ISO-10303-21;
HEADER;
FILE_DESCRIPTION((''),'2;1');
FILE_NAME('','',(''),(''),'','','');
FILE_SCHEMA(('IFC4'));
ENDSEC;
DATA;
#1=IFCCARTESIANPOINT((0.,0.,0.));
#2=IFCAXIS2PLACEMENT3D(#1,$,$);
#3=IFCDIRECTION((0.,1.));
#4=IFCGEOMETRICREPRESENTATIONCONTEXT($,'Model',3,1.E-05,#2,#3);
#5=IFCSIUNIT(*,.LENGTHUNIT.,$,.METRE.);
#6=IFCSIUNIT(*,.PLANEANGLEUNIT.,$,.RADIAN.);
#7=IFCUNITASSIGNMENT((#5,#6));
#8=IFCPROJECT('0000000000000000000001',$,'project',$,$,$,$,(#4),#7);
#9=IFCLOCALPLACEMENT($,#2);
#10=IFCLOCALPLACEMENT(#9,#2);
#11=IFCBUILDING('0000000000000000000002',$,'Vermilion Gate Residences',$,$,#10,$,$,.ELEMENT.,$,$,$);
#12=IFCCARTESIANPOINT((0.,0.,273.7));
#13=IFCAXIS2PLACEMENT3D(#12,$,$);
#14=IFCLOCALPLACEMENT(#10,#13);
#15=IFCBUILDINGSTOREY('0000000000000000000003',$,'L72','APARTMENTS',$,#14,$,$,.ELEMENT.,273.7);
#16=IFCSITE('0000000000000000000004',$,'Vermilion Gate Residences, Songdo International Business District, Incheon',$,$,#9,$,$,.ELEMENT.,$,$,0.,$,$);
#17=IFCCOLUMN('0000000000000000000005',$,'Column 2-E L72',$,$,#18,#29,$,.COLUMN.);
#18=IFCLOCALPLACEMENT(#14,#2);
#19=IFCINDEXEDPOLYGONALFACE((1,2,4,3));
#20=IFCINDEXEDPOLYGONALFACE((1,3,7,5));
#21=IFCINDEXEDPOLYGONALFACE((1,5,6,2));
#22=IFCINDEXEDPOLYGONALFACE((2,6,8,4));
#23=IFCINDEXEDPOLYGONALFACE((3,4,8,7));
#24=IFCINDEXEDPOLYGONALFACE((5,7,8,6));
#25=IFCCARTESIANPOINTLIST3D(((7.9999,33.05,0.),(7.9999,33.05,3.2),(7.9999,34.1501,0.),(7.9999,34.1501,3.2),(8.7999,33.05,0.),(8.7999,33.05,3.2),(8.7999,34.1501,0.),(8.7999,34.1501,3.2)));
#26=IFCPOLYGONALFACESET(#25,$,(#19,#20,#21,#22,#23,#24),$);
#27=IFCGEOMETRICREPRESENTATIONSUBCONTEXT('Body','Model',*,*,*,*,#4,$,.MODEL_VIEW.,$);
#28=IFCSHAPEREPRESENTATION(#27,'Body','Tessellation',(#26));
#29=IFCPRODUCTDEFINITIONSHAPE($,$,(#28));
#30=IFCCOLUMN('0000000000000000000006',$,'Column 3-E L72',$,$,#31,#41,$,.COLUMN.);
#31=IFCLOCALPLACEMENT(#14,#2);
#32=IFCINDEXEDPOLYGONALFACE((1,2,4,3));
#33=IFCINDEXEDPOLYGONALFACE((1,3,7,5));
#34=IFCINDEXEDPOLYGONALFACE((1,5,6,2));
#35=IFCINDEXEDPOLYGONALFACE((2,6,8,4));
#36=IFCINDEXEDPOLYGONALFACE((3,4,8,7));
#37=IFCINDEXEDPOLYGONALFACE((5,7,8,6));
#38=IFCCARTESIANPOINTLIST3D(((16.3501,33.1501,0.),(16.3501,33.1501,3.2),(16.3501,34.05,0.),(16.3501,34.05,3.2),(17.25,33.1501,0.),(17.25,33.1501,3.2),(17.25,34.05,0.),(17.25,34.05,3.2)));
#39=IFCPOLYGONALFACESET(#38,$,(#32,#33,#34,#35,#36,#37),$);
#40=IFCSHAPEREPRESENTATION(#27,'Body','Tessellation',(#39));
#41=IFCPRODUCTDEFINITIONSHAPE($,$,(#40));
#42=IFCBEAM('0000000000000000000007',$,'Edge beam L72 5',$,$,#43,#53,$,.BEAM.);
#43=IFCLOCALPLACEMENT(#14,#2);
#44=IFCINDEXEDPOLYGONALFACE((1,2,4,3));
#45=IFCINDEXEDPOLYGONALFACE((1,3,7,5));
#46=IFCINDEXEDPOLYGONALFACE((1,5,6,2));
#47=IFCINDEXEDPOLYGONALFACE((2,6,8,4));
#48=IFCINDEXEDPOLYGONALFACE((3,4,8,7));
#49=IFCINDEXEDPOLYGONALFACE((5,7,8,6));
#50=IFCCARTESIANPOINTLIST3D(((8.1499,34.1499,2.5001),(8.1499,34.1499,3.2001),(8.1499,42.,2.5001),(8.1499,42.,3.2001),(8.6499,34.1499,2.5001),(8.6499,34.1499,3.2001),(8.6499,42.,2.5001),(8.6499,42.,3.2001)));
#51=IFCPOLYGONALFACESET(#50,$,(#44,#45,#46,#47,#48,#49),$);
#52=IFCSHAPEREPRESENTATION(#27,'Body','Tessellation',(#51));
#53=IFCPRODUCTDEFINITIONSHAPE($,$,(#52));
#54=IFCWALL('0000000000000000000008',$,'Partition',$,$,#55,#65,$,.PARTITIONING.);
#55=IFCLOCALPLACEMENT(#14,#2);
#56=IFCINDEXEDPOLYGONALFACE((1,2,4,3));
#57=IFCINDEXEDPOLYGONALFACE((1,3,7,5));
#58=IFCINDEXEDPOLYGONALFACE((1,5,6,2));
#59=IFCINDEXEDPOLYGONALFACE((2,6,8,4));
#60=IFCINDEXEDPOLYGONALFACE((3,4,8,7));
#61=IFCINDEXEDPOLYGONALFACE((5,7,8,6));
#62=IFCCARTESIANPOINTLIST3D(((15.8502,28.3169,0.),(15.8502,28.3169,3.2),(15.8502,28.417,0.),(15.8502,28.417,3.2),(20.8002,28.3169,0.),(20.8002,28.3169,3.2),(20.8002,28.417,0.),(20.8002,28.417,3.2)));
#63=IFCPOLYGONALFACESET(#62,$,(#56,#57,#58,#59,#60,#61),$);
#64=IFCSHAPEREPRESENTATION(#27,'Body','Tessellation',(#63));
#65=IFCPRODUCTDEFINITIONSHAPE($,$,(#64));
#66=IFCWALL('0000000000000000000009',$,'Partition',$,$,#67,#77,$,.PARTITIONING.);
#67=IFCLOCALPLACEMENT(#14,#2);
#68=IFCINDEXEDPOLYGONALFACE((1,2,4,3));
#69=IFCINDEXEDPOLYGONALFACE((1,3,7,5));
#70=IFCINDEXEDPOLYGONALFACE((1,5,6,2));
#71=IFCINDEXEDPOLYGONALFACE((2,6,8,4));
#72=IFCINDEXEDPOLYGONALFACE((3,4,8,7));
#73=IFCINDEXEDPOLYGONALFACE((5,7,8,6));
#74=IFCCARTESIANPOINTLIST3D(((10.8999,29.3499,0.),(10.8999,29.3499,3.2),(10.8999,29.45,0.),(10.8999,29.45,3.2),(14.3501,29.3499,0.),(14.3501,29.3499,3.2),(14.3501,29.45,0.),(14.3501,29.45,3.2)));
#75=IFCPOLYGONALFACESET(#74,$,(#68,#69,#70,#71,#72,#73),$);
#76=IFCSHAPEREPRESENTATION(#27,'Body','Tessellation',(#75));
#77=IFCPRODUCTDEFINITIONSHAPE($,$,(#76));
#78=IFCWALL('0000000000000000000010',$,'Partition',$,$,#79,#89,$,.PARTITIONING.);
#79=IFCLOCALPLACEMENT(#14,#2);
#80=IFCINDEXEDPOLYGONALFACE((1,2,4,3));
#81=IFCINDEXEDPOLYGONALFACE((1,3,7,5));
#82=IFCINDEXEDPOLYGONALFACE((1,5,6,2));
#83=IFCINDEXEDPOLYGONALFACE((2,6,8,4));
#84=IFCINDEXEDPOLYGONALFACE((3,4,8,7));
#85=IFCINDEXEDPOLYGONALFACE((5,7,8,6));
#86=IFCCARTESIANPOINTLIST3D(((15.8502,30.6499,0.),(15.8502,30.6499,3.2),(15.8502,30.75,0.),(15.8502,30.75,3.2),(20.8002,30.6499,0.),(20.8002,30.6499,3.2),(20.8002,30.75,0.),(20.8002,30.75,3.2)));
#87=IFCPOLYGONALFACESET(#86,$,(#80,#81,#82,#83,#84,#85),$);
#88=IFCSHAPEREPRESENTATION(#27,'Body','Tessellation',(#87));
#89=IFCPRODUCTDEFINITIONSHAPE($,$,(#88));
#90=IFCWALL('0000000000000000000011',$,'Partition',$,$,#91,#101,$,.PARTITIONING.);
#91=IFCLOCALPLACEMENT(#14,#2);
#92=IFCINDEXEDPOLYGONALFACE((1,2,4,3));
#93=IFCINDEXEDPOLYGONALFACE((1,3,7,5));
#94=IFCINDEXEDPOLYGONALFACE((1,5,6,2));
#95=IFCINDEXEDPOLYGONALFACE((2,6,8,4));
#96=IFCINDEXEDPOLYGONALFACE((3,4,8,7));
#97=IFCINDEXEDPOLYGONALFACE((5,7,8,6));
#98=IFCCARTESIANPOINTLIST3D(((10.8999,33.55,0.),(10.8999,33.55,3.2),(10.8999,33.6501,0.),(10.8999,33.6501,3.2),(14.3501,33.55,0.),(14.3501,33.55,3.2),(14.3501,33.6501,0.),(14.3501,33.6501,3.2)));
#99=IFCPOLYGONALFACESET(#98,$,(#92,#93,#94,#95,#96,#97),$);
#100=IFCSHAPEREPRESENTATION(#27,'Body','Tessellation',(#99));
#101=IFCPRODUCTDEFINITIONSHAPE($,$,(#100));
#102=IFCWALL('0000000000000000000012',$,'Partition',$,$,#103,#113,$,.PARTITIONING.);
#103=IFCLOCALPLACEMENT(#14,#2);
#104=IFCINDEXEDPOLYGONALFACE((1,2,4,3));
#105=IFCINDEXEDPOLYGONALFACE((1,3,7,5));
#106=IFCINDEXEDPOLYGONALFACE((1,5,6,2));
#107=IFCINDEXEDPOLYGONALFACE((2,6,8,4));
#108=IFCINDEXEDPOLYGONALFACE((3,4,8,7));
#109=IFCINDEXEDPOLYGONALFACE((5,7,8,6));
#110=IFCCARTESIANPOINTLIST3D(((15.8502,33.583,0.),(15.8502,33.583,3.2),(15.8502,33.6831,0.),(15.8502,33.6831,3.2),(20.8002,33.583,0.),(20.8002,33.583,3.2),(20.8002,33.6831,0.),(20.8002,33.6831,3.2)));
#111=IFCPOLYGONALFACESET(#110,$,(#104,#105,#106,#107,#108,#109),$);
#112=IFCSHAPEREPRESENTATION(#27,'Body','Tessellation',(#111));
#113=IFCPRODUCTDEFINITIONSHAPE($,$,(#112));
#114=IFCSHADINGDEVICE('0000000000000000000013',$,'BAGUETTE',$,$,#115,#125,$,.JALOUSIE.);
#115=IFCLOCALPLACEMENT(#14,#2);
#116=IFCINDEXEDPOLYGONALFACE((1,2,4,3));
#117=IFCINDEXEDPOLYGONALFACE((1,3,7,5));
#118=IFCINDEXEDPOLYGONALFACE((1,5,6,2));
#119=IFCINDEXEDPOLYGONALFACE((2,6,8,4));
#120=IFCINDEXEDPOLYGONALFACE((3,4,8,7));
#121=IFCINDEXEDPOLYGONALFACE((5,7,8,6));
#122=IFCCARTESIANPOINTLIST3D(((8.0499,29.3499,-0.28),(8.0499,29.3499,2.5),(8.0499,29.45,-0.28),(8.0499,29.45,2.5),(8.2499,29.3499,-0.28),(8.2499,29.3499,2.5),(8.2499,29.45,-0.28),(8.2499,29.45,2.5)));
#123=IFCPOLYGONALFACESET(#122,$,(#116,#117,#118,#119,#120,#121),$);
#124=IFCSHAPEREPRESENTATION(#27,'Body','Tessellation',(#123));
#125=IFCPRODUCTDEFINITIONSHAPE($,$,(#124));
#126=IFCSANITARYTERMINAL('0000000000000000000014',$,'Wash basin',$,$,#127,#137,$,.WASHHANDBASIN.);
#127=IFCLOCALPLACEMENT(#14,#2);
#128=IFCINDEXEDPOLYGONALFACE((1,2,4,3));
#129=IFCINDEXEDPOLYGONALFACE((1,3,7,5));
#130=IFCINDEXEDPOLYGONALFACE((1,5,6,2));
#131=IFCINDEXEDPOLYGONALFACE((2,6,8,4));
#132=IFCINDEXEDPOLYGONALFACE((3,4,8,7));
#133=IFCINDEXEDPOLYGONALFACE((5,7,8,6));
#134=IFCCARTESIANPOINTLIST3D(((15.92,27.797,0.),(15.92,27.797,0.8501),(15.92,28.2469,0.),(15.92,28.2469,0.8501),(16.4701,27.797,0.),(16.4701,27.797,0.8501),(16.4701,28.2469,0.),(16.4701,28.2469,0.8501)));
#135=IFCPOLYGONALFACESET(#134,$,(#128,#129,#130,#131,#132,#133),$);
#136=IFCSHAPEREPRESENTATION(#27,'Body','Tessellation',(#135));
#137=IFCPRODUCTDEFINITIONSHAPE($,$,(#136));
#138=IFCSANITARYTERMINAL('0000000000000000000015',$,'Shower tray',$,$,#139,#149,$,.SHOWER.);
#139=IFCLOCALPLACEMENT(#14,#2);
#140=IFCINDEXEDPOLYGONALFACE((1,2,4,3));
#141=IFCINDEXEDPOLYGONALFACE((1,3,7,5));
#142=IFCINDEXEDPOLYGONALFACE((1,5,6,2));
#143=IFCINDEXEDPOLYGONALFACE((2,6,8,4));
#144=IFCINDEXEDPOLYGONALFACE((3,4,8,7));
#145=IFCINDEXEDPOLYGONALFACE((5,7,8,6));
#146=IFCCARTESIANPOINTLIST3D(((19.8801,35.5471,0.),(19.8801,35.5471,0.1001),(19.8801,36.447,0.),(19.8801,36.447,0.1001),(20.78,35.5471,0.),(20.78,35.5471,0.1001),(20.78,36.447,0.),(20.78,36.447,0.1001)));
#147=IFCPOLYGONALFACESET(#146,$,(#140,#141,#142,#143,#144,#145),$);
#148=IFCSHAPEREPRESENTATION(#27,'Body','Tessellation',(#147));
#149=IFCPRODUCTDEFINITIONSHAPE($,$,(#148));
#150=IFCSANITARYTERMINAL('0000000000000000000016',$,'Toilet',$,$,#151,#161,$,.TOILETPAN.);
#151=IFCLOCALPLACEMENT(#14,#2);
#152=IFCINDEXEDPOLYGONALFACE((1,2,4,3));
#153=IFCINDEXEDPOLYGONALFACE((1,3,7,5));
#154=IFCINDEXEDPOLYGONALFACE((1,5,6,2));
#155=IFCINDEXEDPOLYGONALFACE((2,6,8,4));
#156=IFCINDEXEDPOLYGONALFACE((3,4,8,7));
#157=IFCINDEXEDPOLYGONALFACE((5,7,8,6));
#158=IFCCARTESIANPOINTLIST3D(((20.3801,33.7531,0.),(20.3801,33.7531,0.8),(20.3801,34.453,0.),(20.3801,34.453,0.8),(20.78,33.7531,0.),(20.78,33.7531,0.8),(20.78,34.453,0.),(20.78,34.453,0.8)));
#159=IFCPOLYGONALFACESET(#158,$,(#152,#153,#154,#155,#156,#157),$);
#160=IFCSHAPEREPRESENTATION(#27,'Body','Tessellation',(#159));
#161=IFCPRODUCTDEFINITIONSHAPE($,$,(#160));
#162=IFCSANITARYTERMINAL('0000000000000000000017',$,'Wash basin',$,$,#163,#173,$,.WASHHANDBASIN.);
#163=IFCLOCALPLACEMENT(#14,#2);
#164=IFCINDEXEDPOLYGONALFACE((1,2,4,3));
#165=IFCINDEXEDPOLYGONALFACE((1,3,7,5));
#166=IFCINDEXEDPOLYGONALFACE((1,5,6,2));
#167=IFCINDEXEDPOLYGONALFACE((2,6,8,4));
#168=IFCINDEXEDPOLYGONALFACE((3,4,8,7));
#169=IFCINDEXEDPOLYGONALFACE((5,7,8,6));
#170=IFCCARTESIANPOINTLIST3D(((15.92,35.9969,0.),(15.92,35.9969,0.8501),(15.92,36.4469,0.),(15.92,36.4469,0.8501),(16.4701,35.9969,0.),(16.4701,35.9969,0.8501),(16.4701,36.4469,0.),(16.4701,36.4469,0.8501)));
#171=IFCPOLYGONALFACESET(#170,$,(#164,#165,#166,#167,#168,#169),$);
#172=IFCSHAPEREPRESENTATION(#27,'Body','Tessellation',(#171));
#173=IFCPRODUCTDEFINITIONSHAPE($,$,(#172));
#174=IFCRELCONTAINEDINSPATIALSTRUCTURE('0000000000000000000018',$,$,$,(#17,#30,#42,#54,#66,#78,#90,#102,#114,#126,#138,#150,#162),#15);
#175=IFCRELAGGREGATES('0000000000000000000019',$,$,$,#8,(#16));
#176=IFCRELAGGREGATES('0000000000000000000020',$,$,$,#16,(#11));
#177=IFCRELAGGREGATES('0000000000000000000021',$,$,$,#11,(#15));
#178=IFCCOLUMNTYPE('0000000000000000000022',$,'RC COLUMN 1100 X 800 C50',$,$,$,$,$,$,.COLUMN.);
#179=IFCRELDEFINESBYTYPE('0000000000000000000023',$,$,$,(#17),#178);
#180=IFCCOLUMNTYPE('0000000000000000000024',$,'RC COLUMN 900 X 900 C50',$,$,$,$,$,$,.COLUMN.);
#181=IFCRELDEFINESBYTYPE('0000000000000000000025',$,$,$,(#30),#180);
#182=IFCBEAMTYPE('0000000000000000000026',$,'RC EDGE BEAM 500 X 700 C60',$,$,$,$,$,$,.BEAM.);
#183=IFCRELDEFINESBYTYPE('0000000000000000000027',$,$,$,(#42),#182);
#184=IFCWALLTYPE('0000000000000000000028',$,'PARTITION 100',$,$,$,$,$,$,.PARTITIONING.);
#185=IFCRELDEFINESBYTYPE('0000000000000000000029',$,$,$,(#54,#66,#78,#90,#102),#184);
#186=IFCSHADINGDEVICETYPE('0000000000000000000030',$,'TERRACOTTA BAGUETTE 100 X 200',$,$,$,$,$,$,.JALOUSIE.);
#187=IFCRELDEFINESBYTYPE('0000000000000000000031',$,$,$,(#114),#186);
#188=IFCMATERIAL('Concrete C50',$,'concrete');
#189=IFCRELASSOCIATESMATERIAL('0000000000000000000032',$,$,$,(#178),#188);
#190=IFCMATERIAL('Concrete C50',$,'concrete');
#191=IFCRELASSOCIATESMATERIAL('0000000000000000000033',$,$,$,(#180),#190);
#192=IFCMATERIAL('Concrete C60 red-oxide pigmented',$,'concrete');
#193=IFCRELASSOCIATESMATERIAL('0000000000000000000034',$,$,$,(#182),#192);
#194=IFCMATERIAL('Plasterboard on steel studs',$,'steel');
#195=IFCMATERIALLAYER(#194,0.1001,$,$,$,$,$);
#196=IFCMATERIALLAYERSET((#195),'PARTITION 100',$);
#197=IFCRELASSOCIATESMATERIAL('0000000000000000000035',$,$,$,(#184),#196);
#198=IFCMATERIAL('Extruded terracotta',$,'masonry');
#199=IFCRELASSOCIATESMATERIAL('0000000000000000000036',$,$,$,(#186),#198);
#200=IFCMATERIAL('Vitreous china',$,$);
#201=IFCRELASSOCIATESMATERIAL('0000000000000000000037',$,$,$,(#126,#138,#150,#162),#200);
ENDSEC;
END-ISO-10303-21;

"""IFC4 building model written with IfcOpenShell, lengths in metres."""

from ifc_helpers import new_model, si_unit, direction, frame, frame_2d, origin, origin_2d, place, context, subcontext, project, spatial, rectangle, extrude, material, layer, layer_set, material_profile, profile_set, type_object, element, save


model = new_model("IFC4")

# Units and contexts
model_context = context("Model", 3, precision=1e-05, world=origin(), true_north=direction((0.0, 1.0)))
body_context = subcontext(model_context, "Body", "Model", "MODEL_VIEW")
ifc_project = project(units=[si_unit("LENGTHUNIT", "METRE"), si_unit("PLANEANGLEUNIT", "RADIAN")], contexts=[model_context])

# Site, building, storey
site_placement = place(None, origin())
site = spatial("IfcSite", under=ifc_project, at=site_placement, Name="Vermilion Gate Residences, Songdo International Business District, Incheon", CompositionType="ELEMENT", RefElevation=0.0)
building_placement = place(site_placement, origin())
building = spatial("IfcBuilding", under=site, at=building_placement, Name="Vermilion Gate Residences", CompositionType="ELEMENT")
storey_placement = place(building_placement, frame((0.0, 0.0, 273.7)))
storey = spatial("IfcBuildingStorey", under=building, at=storey_placement, Name="L72", Description="APARTMENTS", CompositionType="ELEMENT", Elevation=273.7)

# Columns
ifc_material_1 = material(Name="Concrete C50", Category="concrete")
ifc_material_profile_1 = material_profile(ifc_material_1, rectangle(XDim=1.1001, YDim=0.8, at=origin_2d()), Name="RC-1100x800")
ifc_profile_set_1 = profile_set([ifc_material_profile_1], Name="Concrete C50")
column_type_1 = type_object("IfcColumnType", Name="RC COLUMN 1100 X 800 C50", PredefinedType="COLUMN", material=ifc_profile_set_1)
column_1_placement = place(storey_placement, frame((8.3999, 33.6001, 0.0), z_axis=(0.0, 0.0, 1.0), x_axis=(0.0, 1.0, 0.0)))
element("IfcColumn", 1, at=column_1_placement, inside=storey, type_object=column_type_1, Name="Column 2-E L72", PredefinedType="COLUMN", context=body_context, shape_type="SweptSolid", body=[
    extrude(rectangle(XDim=1.1001, YDim=0.8, at=origin_2d()), origin(), (0.0, 0.0, 1.0), 3.2),
])
ifc_material_2 = material(Name="Concrete C50", Category="concrete")
ifc_material_profile_2 = material_profile(ifc_material_2, rectangle(XDim=0.8999, YDim=0.8999, at=origin_2d()), Name="RC-900x900")
ifc_profile_set_2 = profile_set([ifc_material_profile_2], Name="Concrete C50")
column_type_2 = type_object("IfcColumnType", Name="RC COLUMN 900 X 900 C50", PredefinedType="COLUMN", material=ifc_profile_set_2)
column_2_placement = place(storey_placement, frame((16.8, 33.6001, 0.0), z_axis=(0.0, 0.0, 1.0), x_axis=(1.0, 0.0, 0.0)))
element("IfcColumn", 2, at=column_2_placement, inside=storey, type_object=column_type_2, Name="Column 3-E L72", PredefinedType="COLUMN", context=body_context, shape_type="SweptSolid", body=[
    extrude(rectangle(XDim=0.8999, YDim=0.8999, at=origin_2d()), origin(), (0.0, 0.0, 1.0), 3.2),
])

# Beam
ifc_material_3 = material(Name="Concrete C60 red-oxide pigmented", Category="concrete")
ifc_material_profile_3 = material_profile(ifc_material_3, rectangle(XDim=0.5, YDim=0.7, at=origin_2d()), Name="RC-500x700")
ifc_profile_set_3 = profile_set([ifc_material_profile_3], Name="Concrete C60 red-oxide pigmented")
beam_type = type_object("IfcBeamType", Name="RC EDGE BEAM 500 X 700 C60", PredefinedType="BEAM", material=ifc_profile_set_3)
beam_placement = place(storey_placement, frame((8.3999, 34.1499, 2.8501), z_axis=(0.0, 1.0, 0.0), x_axis=(-1.0, 0.0, 0.0)))
element("IfcBeam", 3, at=beam_placement, inside=storey, type_object=beam_type, Name="Edge beam L72 5", PredefinedType="BEAM", context=body_context, shape_type="SweptSolid", body=[
    extrude(rectangle(XDim=0.5, YDim=0.7, at=origin_2d()), origin(), (0.0, 0.0, 1.0), 7.8501),
])

# Walls
ifc_material_4 = material(Name="Plasterboard on steel studs", Category="steel")
ifc_layer = layer(ifc_material_4, 0.1001)
ifc_layer_set = layer_set([ifc_layer], Name="PARTITION 100")
wall_type = type_object("IfcWallType", Name="PARTITION 100", PredefinedType="PARTITIONING", material=ifc_layer_set)
wall_1_placement = place(storey_placement, frame((15.8501, 28.3669, 0.0), z_axis=(0.0, 0.0, 1.0), x_axis=(1.0, 0.0, 0.0)))
element("IfcWall", 4, at=wall_1_placement, inside=storey, type_object=wall_type, Name="Partition", PredefinedType="PARTITIONING", context=body_context, shape_type="SweptSolid", body=[
    extrude(rectangle(XDim=4.95, YDim=0.1001, at=frame_2d((2.4751, 0.0))), origin(), (0.0, 0.0, 1.0), 3.2),
])
wall_2_placement = place(storey_placement, frame((10.8999, 29.3999, 0.0), z_axis=(0.0, 0.0, 1.0), x_axis=(1.0, 0.0, 0.0)))
element("IfcWall", 5, at=wall_2_placement, inside=storey, type_object=wall_type, Name="Partition", PredefinedType="PARTITIONING", context=body_context, shape_type="SweptSolid", body=[
    extrude(rectangle(XDim=3.4502, YDim=0.1001, at=frame_2d((1.7251, 0.0))), origin(), (0.0, 0.0, 1.0), 3.2),
])
wall_3_placement = place(storey_placement, frame((15.8501, 30.7, 0.0), z_axis=(0.0, 0.0, 1.0), x_axis=(1.0, 0.0, 0.0)))
element("IfcWall", 6, at=wall_3_placement, inside=storey, type_object=wall_type, Name="Partition", PredefinedType="PARTITIONING", context=body_context, shape_type="SweptSolid", body=[
    extrude(rectangle(XDim=4.95, YDim=0.1001, at=frame_2d((2.4751, 0.0))), origin(), (0.0, 0.0, 1.0), 3.2),
])
wall_4_placement = place(storey_placement, frame((10.8999, 33.6001, 0.0), z_axis=(0.0, 0.0, 1.0), x_axis=(1.0, 0.0, 0.0)))
element("IfcWall", 7, at=wall_4_placement, inside=storey, type_object=wall_type, Name="Partition", PredefinedType="PARTITIONING", context=body_context, shape_type="SweptSolid", body=[
    extrude(rectangle(XDim=3.4502, YDim=0.1001, at=frame_2d((1.7251, 0.0))), origin(), (0.0, 0.0, 1.0), 3.2),
])
wall_5_placement = place(storey_placement, frame((15.8501, 33.6331, 0.0), z_axis=(0.0, 0.0, 1.0), x_axis=(1.0, 0.0, 0.0)))
element("IfcWall", 8, at=wall_5_placement, inside=storey, type_object=wall_type, Name="Partition", PredefinedType="PARTITIONING", context=body_context, shape_type="SweptSolid", body=[
    extrude(rectangle(XDim=4.95, YDim=0.1001, at=frame_2d((2.4751, 0.0))), origin(), (0.0, 0.0, 1.0), 3.2),
])

# Shading device
ifc_material_5 = material(Name="Extruded terracotta", Category="masonry")
ifc_material_profile_4 = material_profile(ifc_material_5, rectangle(XDim=0.2, YDim=0.1001, at=origin_2d()), Name="BAGUETTE 100 X 200")
ifc_profile_set_4 = profile_set([ifc_material_profile_4], Name="Extruded terracotta")
shading_device_type = type_object("IfcShadingDeviceType", Name="TERRACOTTA BAGUETTE 100 X 200", PredefinedType="JALOUSIE", material=ifc_profile_set_4)
shading_device_placement = place(storey_placement, frame((8.1499, 29.3999, -0.28), z_axis=(0.0, 0.0, 1.0), x_axis=(1.0, 0.0, 0.0)))
element("IfcShadingDevice", 9, at=shading_device_placement, inside=storey, type_object=shading_device_type, Name="BAGUETTE", PredefinedType="JALOUSIE", context=body_context, shape_type="SweptSolid", body=[
    extrude(rectangle(XDim=0.2, YDim=0.1001, at=origin_2d()), origin(), (0.0, 0.0, 1.0), 2.78),
])

# Sanitary terminals
ifc_material_6 = material(Name="Vitreous china")
sanitary_terminal_1_placement = place(storey_placement, frame((16.1951, 28.022, 0.0), z_axis=(0.0, 0.0, 1.0), x_axis=(1.0, 0.0, 0.0)))
element("IfcSanitaryTerminal", 10, at=sanitary_terminal_1_placement, inside=storey, material=ifc_material_6, Name="Wash basin", PredefinedType="WASHHANDBASIN", context=body_context, shape_type="SweptSolid", body=[
    extrude(rectangle(XDim=0.55, YDim=0.45, at=origin_2d()), origin(), (0.0, 0.0, 1.0), 0.8501),
])
sanitary_terminal_2_placement = place(storey_placement, frame((20.3301, 35.9971, 0.0), z_axis=(0.0, 0.0, 1.0), x_axis=(1.0, 0.0, 0.0)))
element("IfcSanitaryTerminal", 11, at=sanitary_terminal_2_placement, inside=storey, material=ifc_material_6, Name="Shower tray", PredefinedType="SHOWER", context=body_context, shape_type="SweptSolid", body=[
    extrude(rectangle(XDim=0.8999, YDim=0.8999, at=origin_2d()), origin(), (0.0, 0.0, 1.0), 0.1001),
])
sanitary_terminal_3_placement = place(storey_placement, frame((20.5801, 34.103, 0.0), z_axis=(0.0, 0.0, 1.0), x_axis=(1.0, 0.0, 0.0)))
element("IfcSanitaryTerminal", 12, at=sanitary_terminal_3_placement, inside=storey, material=ifc_material_6, Name="Toilet", PredefinedType="TOILETPAN", context=body_context, shape_type="SweptSolid", body=[
    extrude(rectangle(XDim=0.3999, YDim=0.7, at=origin_2d()), origin(), (0.0, 0.0, 1.0), 0.8),
])
sanitary_terminal_4_placement = place(storey_placement, frame((16.1951, 36.2219, 0.0), z_axis=(0.0, 0.0, 1.0), x_axis=(1.0, 0.0, 0.0)))
element("IfcSanitaryTerminal", 13, at=sanitary_terminal_4_placement, inside=storey, material=ifc_material_6, Name="Wash basin", PredefinedType="WASHHANDBASIN", context=body_context, shape_type="SweptSolid", body=[
    extrude(rectangle(XDim=0.55, YDim=0.45, at=origin_2d()), origin(), (0.0, 0.0, 1.0), 0.8501),
])

save(model, "model.ifc")
